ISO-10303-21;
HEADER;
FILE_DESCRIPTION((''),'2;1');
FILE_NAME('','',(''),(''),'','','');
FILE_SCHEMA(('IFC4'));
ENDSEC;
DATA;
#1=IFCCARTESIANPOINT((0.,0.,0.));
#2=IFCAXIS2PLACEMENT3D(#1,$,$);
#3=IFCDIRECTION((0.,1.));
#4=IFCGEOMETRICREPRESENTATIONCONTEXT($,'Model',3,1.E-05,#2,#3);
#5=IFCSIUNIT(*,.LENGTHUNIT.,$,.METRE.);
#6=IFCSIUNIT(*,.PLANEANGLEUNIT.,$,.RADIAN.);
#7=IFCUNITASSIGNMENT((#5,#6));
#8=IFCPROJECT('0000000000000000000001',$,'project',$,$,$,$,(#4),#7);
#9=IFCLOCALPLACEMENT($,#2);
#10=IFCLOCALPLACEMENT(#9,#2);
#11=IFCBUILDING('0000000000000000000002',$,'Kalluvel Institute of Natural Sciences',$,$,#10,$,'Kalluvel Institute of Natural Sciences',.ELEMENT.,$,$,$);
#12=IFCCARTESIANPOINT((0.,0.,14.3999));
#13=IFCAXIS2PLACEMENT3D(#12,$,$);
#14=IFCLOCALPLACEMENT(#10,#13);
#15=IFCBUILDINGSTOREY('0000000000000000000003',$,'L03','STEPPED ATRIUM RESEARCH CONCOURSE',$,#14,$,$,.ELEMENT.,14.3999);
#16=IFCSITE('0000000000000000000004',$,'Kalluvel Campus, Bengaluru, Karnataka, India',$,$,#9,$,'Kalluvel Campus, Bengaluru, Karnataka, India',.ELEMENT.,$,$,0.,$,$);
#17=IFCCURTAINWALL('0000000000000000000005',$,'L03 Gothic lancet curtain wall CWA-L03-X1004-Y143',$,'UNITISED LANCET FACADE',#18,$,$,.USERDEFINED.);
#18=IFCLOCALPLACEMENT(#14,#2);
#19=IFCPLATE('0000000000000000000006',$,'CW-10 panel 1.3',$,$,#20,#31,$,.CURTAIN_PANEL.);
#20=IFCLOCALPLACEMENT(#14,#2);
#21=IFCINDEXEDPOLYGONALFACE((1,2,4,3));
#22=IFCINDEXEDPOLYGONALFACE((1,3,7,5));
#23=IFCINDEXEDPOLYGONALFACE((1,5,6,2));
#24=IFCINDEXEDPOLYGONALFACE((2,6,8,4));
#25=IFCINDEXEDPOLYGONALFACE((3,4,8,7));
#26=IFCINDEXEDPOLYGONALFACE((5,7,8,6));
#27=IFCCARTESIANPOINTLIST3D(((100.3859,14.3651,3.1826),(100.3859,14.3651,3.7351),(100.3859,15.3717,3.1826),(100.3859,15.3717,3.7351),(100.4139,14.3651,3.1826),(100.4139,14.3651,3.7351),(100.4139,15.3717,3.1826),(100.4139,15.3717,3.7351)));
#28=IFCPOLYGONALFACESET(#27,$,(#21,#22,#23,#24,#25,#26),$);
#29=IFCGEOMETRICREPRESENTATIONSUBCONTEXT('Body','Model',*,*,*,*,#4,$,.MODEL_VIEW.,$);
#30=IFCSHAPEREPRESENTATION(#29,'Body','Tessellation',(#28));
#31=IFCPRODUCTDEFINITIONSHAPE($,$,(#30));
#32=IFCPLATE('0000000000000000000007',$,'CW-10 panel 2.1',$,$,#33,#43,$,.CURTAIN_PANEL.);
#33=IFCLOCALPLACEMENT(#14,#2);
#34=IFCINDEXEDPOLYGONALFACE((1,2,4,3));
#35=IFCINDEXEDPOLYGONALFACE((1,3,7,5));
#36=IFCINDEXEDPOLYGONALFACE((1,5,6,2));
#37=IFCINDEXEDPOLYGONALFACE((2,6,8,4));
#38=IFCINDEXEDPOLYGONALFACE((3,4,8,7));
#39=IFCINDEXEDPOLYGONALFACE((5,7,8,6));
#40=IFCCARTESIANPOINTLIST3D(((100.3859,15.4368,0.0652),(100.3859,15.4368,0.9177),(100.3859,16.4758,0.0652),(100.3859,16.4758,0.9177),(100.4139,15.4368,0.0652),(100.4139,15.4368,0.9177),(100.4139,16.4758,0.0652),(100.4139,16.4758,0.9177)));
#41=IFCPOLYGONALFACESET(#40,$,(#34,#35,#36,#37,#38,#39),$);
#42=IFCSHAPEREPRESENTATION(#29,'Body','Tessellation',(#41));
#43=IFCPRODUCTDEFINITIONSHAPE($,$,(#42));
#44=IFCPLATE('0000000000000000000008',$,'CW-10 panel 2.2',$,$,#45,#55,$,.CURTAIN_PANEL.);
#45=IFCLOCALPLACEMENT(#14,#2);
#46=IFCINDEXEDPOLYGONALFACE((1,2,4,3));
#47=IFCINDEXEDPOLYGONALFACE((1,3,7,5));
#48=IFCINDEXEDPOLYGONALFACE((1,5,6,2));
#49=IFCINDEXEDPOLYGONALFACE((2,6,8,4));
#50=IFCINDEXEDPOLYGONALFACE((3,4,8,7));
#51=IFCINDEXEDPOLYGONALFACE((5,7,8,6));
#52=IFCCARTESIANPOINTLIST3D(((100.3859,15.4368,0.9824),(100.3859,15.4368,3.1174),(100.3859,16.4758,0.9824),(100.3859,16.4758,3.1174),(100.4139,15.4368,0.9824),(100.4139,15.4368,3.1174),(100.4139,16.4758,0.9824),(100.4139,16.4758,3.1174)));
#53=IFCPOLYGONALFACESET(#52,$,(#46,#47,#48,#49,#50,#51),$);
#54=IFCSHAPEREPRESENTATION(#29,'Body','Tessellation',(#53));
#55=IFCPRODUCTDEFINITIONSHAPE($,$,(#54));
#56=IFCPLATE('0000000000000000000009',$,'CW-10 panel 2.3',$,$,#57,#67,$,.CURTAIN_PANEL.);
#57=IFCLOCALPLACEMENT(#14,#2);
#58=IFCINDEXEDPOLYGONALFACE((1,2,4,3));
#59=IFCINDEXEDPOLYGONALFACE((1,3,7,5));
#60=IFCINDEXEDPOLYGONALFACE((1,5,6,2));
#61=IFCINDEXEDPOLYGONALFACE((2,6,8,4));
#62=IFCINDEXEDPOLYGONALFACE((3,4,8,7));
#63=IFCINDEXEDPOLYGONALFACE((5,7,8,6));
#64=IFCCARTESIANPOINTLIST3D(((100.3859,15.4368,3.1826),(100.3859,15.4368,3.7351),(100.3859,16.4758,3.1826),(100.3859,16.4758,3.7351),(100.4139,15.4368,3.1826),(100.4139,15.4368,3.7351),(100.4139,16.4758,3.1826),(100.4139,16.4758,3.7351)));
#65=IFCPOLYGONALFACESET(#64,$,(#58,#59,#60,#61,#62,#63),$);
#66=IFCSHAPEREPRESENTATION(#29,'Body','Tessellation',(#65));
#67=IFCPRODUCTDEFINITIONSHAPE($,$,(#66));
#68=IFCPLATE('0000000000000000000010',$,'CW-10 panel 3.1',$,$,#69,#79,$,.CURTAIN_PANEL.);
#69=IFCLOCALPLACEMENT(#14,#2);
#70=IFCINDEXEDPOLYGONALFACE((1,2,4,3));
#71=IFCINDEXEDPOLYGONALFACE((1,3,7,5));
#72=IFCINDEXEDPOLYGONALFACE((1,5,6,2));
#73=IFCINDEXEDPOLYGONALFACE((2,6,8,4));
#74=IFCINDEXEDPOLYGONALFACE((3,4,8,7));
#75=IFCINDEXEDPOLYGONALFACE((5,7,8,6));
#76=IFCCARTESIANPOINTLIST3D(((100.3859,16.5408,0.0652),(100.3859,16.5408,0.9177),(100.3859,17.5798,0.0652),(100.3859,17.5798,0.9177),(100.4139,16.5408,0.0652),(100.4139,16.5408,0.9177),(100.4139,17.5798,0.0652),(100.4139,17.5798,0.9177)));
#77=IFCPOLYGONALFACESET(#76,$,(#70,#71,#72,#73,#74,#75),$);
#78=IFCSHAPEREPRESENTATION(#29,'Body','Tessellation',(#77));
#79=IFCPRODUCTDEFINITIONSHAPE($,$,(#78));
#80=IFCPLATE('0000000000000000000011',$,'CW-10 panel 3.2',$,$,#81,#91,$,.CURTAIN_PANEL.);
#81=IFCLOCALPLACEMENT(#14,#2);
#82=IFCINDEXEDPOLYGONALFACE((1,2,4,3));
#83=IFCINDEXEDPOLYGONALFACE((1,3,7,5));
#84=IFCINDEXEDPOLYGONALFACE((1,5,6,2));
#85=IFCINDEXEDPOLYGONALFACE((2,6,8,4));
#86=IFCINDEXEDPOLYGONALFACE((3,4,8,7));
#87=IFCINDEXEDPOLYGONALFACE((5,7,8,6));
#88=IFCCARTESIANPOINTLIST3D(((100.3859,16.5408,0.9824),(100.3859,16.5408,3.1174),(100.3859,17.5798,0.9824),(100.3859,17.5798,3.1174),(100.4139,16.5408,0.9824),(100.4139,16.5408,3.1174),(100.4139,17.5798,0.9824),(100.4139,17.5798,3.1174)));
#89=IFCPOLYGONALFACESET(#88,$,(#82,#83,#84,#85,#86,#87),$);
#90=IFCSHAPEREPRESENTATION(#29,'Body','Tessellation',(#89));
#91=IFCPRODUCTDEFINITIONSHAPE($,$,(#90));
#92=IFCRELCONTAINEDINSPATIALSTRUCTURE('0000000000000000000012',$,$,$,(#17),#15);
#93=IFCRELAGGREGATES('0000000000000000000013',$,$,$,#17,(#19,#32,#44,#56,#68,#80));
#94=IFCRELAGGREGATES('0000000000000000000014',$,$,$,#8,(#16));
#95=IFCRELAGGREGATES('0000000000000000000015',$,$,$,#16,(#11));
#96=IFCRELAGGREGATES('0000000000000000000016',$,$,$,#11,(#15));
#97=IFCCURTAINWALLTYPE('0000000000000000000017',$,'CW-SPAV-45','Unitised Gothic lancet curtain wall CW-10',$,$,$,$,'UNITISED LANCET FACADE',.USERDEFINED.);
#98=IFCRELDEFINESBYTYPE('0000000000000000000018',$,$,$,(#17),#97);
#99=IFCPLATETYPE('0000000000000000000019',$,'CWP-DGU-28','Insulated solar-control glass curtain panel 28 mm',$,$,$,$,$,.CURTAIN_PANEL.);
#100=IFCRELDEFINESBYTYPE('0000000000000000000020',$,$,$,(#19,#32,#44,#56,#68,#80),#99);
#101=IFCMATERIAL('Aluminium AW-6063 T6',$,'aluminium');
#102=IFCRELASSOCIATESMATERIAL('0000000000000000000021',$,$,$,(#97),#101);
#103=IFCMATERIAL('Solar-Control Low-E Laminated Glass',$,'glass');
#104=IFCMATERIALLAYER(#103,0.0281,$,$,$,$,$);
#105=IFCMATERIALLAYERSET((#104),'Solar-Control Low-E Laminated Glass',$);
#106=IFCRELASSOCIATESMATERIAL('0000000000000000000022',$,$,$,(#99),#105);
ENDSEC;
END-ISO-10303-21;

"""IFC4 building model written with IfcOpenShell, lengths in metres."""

from ifc_helpers import new_model, si_unit, direction, frame, origin, origin_2d, place, context, subcontext, project, spatial, rectangle, extrude, material, layer, layer_set, type_object, element, aggregate, save


model = new_model("IFC4")

# Units and contexts
model_context = context("Model", 3, precision=1e-05, world=origin(), true_north=direction((0.0, 1.0)))
body_context = subcontext(model_context, "Body", "Model", "MODEL_VIEW")
ifc_project = project(units=[si_unit("LENGTHUNIT", "METRE"), si_unit("PLANEANGLEUNIT", "RADIAN")], contexts=[model_context])

# Site, building, storey
site_placement = place(None, origin())
site = spatial("IfcSite", under=ifc_project, at=site_placement, Name="Kalluvel Campus, Bengaluru, Karnataka, India", LongName="Kalluvel Campus, Bengaluru, Karnataka, India", CompositionType="ELEMENT", RefElevation=0.0)
building_placement = place(site_placement, origin())
building = spatial("IfcBuilding", under=site, at=building_placement, Name="Kalluvel Institute of Natural Sciences", LongName="Kalluvel Institute of Natural Sciences", CompositionType="ELEMENT")
storey_placement = place(building_placement, frame((0.0, 0.0, 14.3999)))
storey = spatial("IfcBuildingStorey", under=building, at=storey_placement, Name="L03", Description="STEPPED ATRIUM RESEARCH CONCOURSE", CompositionType="ELEMENT", Elevation=14.3999)

# Curtain wall, plates
ifc_material_1 = material(Name="Aluminium AW-6063 T6", Category="aluminium")
curtain_wall_type = type_object("IfcCurtainWallType", Name="CW-SPAV-45", Description="Unitised Gothic lancet curtain wall CW-10", ElementType="UNITISED LANCET FACADE", PredefinedType="USERDEFINED", material=ifc_material_1)
curtain_wall_placement = place(storey_placement, origin())
curtain_wall = element("IfcCurtainWall", 1, at=curtain_wall_placement, inside=storey, type_object=curtain_wall_type, Name="L03 Gothic lancet curtain wall CWA-L03-X1004-Y143", ObjectType="UNITISED LANCET FACADE", PredefinedType="USERDEFINED")
ifc_material_2 = material(Name="Solar-Control Low-E Laminated Glass", Category="glass")
ifc_layer = layer(ifc_material_2, 0.0281)
ifc_layer_set = layer_set([ifc_layer], Name="Solar-Control Low-E Laminated Glass")
plate_type = type_object("IfcPlateType", Name="CWP-DGU-28", Description="Insulated solar-control glass curtain panel 28 mm", PredefinedType="CURTAIN_PANEL", material=ifc_layer_set)
plate_1_placement = place(storey_placement, frame((100.3999, 14.8684, 3.1826), z_axis=(0.0, 0.0, 1.0), x_axis=(0.0, 1.0, 0.0)))
plate_1 = element("IfcPlate", 2, at=plate_1_placement, type_object=plate_type, Name="CW-10 panel 1.3", PredefinedType="CURTAIN_PANEL", context=body_context, shape_type="SweptSolid", body=[
    extrude(rectangle(XDim=1.0066, YDim=0.0281, at=origin_2d()), origin(), (0.0, 0.0, 1.0), 0.5525),
])
plate_2_placement = place(storey_placement, frame((100.3999, 15.9563, 0.0652), z_axis=(0.0, 0.0, 1.0), x_axis=(0.0, 1.0, 0.0)))
plate_2 = element("IfcPlate", 3, at=plate_2_placement, type_object=plate_type, Name="CW-10 panel 2.1", PredefinedType="CURTAIN_PANEL", context=body_context, shape_type="SweptSolid", body=[
    extrude(rectangle(XDim=1.0391, YDim=0.0281, at=origin_2d()), origin(), (0.0, 0.0, 1.0), 0.8525),
])
plate_3_placement = place(storey_placement, frame((100.3999, 15.9563, 0.9824), z_axis=(0.0, 0.0, 1.0), x_axis=(0.0, 1.0, 0.0)))
plate_3 = element("IfcPlate", 4, at=plate_3_placement, type_object=plate_type, Name="CW-10 panel 2.2", PredefinedType="CURTAIN_PANEL", context=body_context, shape_type="SweptSolid", body=[
    extrude(rectangle(XDim=1.0391, YDim=0.0281, at=origin_2d()), origin(), (0.0, 0.0, 1.0), 2.135),
])
plate_4_placement = place(storey_placement, frame((100.3999, 15.9563, 3.1826), z_axis=(0.0, 0.0, 1.0), x_axis=(0.0, 1.0, 0.0)))
plate_4 = element("IfcPlate", 5, at=plate_4_placement, type_object=plate_type, Name="CW-10 panel 2.3", PredefinedType="CURTAIN_PANEL", context=body_context, shape_type="SweptSolid", body=[
    extrude(rectangle(XDim=1.0391, YDim=0.0281, at=origin_2d()), origin(), (0.0, 0.0, 1.0), 0.5525),
])
plate_5_placement = place(storey_placement, frame((100.3999, 17.0603, 0.0652), z_axis=(0.0, 0.0, 1.0), x_axis=(0.0, 1.0, 0.0)))
plate_5 = element("IfcPlate", 6, at=plate_5_placement, type_object=plate_type, Name="CW-10 panel 3.1", PredefinedType="CURTAIN_PANEL", context=body_context, shape_type="SweptSolid", body=[
    extrude(rectangle(XDim=1.0391, YDim=0.0281, at=origin_2d()), origin(), (0.0, 0.0, 1.0), 0.8525),
])
plate_6_placement = place(storey_placement, frame((100.3999, 17.0603, 0.9824), z_axis=(0.0, 0.0, 1.0), x_axis=(0.0, 1.0, 0.0)))
plate_6 = element("IfcPlate", 7, at=plate_6_placement, type_object=plate_type, Name="CW-10 panel 3.2", PredefinedType="CURTAIN_PANEL", context=body_context, shape_type="SweptSolid", body=[
    extrude(rectangle(XDim=1.0391, YDim=0.0281, at=origin_2d()), origin(), (0.0, 0.0, 1.0), 2.135),
])
aggregate(curtain_wall, [plate_1, plate_2, plate_3, plate_4, plate_5, plate_6])

save(model, "model.ifc")
